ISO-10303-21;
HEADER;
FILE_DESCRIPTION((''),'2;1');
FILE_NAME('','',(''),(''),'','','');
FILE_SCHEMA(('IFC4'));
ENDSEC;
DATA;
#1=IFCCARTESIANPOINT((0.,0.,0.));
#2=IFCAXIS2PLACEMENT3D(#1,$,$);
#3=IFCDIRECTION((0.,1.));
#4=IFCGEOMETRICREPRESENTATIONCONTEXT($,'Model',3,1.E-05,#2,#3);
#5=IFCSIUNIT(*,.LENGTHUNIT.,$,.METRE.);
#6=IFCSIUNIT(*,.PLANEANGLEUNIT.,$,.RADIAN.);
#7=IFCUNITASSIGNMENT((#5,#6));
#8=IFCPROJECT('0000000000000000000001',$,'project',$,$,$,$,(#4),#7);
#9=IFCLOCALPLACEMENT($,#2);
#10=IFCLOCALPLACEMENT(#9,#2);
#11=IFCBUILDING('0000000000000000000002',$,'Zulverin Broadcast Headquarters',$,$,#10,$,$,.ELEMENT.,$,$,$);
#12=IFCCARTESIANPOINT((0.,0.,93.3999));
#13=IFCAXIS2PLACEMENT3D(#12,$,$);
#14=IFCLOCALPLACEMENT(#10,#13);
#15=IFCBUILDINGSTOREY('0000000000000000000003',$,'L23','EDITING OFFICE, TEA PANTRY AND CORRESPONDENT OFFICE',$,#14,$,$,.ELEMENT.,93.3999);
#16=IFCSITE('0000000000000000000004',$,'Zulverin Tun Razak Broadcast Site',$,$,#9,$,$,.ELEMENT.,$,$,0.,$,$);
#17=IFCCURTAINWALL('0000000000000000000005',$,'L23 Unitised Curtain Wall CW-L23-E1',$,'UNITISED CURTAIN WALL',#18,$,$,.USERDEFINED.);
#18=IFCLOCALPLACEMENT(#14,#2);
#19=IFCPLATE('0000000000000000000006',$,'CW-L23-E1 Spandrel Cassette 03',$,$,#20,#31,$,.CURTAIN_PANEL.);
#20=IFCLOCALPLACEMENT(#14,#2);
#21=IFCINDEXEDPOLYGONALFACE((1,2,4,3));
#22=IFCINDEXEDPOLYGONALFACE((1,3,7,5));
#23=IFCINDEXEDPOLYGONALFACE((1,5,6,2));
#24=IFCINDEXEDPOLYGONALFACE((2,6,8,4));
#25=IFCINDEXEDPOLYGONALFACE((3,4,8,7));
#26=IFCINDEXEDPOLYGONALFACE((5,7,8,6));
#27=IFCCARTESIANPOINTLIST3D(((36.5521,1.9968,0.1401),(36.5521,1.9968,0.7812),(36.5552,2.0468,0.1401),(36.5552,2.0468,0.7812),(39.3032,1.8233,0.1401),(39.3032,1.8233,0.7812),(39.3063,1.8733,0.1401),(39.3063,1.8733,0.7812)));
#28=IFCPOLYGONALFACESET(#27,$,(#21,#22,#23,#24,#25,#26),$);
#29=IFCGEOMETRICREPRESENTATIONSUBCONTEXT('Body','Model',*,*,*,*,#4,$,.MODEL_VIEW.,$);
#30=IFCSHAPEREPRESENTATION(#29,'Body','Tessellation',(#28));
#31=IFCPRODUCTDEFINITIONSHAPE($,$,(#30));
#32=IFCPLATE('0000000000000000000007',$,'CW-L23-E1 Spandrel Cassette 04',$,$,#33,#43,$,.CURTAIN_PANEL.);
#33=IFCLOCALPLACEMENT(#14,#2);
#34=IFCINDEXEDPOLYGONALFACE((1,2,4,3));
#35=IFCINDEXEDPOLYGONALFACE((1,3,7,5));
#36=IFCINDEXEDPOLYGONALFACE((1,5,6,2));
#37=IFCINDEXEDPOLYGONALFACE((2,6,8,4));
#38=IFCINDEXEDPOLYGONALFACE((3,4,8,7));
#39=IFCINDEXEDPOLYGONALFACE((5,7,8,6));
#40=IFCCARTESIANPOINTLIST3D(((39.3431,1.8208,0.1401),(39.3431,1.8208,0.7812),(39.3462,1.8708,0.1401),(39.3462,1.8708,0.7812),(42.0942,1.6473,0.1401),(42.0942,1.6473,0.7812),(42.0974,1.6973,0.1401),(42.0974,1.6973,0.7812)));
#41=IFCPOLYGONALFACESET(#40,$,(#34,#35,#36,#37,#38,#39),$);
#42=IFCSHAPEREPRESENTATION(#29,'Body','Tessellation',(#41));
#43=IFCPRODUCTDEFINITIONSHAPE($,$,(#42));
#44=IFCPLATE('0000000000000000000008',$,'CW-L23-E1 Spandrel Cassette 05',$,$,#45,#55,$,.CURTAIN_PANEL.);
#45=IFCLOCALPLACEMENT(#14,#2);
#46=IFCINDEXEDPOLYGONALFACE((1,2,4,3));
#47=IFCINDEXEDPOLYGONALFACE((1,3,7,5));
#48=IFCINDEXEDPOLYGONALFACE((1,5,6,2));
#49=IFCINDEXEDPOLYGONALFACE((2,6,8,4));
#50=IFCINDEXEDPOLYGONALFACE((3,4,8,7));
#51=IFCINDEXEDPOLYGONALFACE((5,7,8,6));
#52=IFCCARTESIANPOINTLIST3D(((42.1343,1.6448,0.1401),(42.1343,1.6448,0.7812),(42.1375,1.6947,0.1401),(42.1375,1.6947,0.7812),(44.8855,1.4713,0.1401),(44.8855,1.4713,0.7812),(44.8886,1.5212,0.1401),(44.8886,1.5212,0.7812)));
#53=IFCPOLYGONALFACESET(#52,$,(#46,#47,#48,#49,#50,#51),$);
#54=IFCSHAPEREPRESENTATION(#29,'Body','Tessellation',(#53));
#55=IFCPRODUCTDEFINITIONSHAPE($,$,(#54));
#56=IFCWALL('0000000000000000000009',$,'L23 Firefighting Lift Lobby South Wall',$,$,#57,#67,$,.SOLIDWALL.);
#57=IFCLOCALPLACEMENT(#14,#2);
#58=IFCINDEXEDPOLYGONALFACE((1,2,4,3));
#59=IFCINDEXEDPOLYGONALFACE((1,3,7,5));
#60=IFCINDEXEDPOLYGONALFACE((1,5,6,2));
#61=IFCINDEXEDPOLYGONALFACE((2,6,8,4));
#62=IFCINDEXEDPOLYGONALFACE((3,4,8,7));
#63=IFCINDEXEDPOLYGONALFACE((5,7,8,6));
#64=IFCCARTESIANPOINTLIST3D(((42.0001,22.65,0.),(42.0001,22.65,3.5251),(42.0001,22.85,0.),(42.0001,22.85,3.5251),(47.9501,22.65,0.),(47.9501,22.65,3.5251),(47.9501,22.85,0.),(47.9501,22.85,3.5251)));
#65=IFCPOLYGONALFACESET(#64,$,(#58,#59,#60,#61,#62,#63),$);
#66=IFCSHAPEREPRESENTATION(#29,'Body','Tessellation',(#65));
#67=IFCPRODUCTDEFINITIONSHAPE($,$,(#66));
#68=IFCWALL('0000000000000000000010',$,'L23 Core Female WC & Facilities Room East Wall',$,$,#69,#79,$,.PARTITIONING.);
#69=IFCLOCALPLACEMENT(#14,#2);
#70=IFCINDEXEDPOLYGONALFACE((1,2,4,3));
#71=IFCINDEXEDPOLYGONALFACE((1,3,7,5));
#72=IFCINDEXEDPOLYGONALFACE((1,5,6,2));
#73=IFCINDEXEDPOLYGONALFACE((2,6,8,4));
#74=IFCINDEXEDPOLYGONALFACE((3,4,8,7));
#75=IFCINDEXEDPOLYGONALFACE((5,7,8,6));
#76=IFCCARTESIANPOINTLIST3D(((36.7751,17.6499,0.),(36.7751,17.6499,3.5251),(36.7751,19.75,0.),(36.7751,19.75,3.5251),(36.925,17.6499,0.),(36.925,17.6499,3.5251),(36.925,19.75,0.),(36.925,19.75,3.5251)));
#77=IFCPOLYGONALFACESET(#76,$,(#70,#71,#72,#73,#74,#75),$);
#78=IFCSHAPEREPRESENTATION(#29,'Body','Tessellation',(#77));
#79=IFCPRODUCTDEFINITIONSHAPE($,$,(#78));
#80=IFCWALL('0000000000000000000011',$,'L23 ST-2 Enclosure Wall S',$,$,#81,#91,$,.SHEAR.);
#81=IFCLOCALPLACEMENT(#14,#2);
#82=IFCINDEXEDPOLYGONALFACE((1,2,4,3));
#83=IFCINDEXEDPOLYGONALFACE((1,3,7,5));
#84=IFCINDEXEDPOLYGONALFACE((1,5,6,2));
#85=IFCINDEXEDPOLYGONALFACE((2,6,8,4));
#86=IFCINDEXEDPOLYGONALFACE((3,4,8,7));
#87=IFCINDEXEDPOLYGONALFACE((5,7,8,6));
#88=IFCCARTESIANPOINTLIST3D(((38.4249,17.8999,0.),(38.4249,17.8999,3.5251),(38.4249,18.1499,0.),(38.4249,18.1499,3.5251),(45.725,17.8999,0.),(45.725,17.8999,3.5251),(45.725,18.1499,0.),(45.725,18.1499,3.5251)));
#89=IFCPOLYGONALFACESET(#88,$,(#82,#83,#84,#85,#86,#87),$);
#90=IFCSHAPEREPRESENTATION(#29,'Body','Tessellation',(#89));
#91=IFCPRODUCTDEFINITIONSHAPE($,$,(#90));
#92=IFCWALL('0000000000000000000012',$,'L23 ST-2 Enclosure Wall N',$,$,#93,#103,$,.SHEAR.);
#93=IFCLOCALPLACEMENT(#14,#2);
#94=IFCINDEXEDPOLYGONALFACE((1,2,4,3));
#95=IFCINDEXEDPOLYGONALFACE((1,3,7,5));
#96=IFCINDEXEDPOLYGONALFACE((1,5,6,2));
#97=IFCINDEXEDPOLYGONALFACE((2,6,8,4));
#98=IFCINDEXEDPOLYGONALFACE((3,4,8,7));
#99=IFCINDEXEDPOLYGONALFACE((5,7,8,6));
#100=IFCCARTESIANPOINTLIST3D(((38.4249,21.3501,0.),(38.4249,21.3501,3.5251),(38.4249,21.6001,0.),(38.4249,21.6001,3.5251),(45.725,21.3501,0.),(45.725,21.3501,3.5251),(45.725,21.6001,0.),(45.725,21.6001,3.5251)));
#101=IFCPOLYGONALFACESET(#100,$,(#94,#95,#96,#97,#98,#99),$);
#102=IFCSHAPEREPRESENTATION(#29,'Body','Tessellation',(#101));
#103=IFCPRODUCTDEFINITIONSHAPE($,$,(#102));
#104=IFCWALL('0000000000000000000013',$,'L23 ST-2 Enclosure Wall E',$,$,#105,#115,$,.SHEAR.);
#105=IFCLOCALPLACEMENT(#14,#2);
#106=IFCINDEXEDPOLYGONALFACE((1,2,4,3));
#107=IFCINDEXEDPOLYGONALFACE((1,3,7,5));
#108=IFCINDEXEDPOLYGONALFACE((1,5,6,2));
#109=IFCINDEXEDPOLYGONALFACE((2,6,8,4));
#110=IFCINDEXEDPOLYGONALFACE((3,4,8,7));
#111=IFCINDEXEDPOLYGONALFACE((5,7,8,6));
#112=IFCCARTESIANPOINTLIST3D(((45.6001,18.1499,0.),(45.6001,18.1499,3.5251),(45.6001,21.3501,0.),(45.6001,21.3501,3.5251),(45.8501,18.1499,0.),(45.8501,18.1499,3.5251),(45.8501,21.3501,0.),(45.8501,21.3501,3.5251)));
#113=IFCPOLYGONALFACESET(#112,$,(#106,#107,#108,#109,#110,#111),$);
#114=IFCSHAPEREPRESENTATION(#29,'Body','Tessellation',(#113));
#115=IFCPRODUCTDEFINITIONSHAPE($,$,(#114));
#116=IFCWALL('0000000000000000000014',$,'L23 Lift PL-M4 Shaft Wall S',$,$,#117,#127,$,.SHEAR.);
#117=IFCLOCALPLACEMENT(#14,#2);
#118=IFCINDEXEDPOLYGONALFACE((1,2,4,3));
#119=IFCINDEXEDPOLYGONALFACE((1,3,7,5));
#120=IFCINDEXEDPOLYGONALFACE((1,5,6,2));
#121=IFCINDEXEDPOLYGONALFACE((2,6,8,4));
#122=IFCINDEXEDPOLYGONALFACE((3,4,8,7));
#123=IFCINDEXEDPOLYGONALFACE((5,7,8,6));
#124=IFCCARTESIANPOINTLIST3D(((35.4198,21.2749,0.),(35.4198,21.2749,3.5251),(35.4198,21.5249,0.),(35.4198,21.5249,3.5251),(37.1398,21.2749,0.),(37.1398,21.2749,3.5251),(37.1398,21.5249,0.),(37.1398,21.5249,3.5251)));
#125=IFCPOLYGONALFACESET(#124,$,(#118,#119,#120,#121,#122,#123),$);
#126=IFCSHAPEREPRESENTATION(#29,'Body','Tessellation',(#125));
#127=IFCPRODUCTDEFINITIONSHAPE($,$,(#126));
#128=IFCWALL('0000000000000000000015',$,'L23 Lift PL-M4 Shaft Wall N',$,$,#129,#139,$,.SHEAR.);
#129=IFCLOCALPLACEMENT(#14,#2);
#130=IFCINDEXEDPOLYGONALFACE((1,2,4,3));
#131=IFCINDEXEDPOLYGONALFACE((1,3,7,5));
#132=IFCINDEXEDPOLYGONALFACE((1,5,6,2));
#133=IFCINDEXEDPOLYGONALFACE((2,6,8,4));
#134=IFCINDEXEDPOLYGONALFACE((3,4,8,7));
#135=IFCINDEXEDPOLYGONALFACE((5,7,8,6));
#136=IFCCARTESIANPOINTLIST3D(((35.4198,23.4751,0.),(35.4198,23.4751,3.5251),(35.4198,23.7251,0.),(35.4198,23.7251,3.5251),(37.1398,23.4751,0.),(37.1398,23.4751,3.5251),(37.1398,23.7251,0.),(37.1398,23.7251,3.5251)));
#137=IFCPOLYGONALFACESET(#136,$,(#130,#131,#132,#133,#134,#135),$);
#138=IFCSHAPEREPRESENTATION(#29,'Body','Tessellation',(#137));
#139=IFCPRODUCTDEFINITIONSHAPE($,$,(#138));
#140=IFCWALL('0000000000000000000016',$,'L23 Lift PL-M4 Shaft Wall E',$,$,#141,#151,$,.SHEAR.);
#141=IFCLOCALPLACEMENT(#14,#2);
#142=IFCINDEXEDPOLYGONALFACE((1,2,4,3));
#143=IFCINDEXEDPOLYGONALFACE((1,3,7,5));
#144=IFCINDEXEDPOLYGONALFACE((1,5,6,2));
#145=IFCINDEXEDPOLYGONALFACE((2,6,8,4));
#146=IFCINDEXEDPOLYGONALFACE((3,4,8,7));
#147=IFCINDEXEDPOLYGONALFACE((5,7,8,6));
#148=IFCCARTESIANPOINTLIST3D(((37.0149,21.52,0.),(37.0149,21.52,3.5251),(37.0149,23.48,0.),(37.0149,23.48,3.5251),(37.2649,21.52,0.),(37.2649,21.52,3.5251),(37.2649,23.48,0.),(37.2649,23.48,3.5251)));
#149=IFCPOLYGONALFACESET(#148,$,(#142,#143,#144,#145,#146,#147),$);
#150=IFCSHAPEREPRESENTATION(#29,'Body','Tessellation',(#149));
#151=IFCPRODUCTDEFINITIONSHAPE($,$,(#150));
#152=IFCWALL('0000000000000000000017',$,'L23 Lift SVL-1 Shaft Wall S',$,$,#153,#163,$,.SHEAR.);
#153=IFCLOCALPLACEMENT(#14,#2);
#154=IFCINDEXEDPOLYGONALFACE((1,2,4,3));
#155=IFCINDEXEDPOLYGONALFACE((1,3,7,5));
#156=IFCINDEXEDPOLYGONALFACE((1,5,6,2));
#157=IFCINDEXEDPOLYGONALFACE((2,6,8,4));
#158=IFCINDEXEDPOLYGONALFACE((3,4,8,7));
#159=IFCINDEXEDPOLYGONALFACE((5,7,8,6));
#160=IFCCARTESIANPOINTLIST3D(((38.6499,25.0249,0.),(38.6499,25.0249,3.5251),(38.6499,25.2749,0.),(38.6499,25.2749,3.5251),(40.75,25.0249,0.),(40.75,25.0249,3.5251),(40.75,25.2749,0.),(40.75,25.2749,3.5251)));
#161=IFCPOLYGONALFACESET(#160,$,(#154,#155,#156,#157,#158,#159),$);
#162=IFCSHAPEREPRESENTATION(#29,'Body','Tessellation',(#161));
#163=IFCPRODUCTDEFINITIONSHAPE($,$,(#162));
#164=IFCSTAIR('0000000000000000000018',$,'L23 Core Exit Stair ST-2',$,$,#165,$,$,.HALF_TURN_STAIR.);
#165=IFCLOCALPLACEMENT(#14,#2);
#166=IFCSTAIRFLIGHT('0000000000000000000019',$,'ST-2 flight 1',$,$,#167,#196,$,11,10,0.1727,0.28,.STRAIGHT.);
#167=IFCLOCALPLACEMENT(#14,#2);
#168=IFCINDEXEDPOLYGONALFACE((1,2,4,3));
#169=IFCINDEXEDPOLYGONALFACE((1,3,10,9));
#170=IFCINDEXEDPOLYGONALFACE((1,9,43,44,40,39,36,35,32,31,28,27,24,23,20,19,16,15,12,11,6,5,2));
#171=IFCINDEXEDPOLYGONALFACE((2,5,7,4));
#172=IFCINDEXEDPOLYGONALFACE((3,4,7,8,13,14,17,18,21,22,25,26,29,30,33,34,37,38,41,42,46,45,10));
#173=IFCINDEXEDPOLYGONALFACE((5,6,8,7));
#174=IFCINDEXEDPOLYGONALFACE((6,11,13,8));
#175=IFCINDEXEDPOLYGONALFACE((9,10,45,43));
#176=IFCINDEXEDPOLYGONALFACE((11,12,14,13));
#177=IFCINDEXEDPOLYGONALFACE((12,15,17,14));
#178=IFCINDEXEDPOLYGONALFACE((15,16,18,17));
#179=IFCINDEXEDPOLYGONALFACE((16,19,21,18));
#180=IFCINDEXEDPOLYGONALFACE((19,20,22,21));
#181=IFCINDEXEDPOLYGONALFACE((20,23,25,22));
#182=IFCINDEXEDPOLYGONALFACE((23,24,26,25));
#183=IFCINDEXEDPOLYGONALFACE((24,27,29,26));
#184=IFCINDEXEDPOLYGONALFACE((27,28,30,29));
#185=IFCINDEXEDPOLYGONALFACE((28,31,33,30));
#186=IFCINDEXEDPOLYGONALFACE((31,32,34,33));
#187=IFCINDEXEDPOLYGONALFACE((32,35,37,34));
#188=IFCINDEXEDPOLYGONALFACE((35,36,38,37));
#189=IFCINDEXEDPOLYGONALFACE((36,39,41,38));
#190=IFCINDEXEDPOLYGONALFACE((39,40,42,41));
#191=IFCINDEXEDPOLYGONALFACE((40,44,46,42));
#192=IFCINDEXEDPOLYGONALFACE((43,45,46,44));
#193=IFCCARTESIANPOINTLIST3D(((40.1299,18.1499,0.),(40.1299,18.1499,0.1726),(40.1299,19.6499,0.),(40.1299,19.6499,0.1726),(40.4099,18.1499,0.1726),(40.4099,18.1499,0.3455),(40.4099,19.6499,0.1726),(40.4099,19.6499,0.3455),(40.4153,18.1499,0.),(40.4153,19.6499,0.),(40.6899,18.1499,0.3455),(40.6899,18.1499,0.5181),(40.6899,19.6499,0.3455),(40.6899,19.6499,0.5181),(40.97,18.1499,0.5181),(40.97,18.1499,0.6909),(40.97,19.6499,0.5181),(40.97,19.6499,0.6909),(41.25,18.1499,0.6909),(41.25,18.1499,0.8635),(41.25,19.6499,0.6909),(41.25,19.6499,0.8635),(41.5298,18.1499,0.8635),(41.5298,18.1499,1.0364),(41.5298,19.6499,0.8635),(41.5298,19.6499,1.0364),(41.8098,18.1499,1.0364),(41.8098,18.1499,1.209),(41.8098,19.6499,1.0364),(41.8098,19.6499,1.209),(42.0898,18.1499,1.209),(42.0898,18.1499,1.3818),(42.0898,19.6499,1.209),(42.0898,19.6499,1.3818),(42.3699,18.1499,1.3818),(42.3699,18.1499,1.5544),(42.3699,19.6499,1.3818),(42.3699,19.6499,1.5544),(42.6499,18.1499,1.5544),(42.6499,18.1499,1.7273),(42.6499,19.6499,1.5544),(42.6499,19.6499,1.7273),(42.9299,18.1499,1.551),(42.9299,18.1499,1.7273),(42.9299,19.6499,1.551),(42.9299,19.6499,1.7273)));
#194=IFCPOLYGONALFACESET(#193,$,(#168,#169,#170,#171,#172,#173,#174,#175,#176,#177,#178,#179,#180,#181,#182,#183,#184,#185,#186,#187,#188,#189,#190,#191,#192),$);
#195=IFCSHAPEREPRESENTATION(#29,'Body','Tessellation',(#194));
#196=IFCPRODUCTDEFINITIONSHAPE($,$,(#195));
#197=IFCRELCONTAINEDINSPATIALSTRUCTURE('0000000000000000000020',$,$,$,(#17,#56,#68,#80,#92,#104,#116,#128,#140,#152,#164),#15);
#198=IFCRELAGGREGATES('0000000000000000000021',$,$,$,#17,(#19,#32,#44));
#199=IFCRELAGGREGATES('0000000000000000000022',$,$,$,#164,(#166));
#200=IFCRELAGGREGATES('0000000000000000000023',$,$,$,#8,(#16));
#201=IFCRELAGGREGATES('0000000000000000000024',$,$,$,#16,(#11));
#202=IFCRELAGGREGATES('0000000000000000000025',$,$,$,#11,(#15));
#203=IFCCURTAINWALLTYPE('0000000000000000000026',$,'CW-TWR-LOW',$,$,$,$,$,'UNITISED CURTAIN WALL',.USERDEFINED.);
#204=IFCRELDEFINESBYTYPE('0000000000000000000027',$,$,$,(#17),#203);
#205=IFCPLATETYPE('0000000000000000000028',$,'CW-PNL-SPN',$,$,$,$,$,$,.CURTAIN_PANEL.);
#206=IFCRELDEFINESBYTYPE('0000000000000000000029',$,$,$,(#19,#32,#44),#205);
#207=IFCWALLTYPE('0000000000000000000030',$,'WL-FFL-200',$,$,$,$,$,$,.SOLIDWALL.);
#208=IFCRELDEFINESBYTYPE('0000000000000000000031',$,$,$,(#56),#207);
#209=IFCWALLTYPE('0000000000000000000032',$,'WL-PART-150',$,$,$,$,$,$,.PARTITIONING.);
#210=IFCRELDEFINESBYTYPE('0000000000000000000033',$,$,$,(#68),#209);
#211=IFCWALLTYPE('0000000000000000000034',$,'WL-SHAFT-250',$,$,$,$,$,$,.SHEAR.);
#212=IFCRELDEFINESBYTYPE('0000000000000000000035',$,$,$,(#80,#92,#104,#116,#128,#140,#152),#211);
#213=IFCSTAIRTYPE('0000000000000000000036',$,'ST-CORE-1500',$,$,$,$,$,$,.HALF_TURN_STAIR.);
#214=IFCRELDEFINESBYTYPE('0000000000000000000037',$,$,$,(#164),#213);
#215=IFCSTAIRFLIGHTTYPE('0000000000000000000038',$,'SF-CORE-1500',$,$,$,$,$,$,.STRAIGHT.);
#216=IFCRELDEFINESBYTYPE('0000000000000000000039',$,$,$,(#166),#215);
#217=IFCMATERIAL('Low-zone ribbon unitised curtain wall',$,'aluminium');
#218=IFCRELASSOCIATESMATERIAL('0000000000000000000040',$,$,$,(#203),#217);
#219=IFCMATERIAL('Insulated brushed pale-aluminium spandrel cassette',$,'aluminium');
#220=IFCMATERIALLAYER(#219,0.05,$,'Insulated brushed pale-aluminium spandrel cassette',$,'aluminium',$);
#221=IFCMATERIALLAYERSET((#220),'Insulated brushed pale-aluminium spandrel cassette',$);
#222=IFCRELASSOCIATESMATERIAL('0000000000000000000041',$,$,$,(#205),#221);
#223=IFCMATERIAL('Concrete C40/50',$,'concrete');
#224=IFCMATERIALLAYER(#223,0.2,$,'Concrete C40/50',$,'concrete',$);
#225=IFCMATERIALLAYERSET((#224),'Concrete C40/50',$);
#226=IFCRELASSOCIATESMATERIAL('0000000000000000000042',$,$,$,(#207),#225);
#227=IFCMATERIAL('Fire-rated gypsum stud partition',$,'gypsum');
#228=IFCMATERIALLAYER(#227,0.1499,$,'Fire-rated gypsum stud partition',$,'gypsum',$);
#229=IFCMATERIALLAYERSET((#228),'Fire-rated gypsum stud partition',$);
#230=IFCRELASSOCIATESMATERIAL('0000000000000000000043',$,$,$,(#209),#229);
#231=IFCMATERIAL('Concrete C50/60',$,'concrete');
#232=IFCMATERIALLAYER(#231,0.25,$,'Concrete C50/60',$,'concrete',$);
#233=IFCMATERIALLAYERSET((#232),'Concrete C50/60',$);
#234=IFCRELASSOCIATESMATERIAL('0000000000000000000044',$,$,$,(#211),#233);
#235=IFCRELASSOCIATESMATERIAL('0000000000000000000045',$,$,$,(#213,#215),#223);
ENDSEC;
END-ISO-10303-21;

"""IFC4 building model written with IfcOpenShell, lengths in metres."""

from ifc_helpers import new_model, si_unit, direction, frame, frame_2d, origin, origin_2d, place, context, subcontext, project, spatial, polyline, rectangle, outline, extrude, material, layer, layer_set, type_object, element, aggregate, save


model = new_model("IFC4")

# Units and contexts
model_context = context("Model", 3, precision=1e-05, world=origin(), true_north=direction((0.0, 1.0)))
body_context = subcontext(model_context, "Body", "Model", "MODEL_VIEW")
ifc_project = project(units=[si_unit("LENGTHUNIT", "METRE"), si_unit("PLANEANGLEUNIT", "RADIAN")], contexts=[model_context])

# Site, building, storey
site_placement = place(None, origin())
site = spatial("IfcSite", under=ifc_project, at=site_placement, Name="Zulverin Tun Razak Broadcast Site", CompositionType="ELEMENT", RefElevation=0.0)
building_placement = place(site_placement, origin())
building = spatial("IfcBuilding", under=site, at=building_placement, Name="Zulverin Broadcast Headquarters", CompositionType="ELEMENT")
storey_placement = place(building_placement, frame((0.0, 0.0, 93.3999)))
storey = spatial("IfcBuildingStorey", under=building, at=storey_placement, Name="L23", Description="EDITING OFFICE, TEA PANTRY AND CORRESPONDENT OFFICE", CompositionType="ELEMENT", Elevation=93.3999)

# Curtain wall, plates
ifc_material_1 = material(Name="Low-zone ribbon unitised curtain wall", Category="aluminium")
curtain_wall_type = type_object("IfcCurtainWallType", Name="CW-TWR-LOW", ElementType="UNITISED CURTAIN WALL", PredefinedType="USERDEFINED", material=ifc_material_1)
curtain_wall_placement = place(storey_placement, origin())
curtain_wall = element("IfcCurtainWall", 1, at=curtain_wall_placement, inside=storey, type_object=curtain_wall_type, Name="L23 Unitised Curtain Wall CW-L23-E1", ObjectType="UNITISED CURTAIN WALL", PredefinedType="USERDEFINED")
ifc_material_2 = material(Name="Insulated brushed pale-aluminium spandrel cassette", Category="aluminium")
ifc_layer_1 = layer(ifc_material_2, 0.05, Name="Insulated brushed pale-aluminium spandrel cassette", Category="aluminium")
ifc_layer_set_1 = layer_set([ifc_layer_1], Name="Insulated brushed pale-aluminium spandrel cassette")
plate_type_1 = type_object("IfcPlateType", Name="CW-PNL-SPN", PredefinedType="CURTAIN_PANEL", material=ifc_layer_set_1)
plate_1_placement = place(storey_placement, frame((37.9292, 1.9351, 0.1401), z_axis=(0.0, 0.0, 1.0), x_axis=(0.998017, -0.062942, 0.0)))
plate_1 = element("IfcPlate", 2, at=plate_1_placement, type_object=plate_type_1, Name="CW-L23-E1 Spandrel Cassette 03", PredefinedType="CURTAIN_PANEL", context=body_context, shape_type="SweptSolid", body=[
    extrude(rectangle(XDim=2.7566, YDim=0.05, at=origin_2d()), origin(), (0.0, 0.0, 1.0), 0.6411),
])
plate_2_placement = place(storey_placement, frame((40.7202, 1.759, 0.1401), z_axis=(0.0, 0.0, 1.0), x_axis=(0.998017, -0.062942, 0.0)))
plate_2 = element("IfcPlate", 3, at=plate_2_placement, type_object=plate_type_1, Name="CW-L23-E1 Spandrel Cassette 04", PredefinedType="CURTAIN_PANEL", context=body_context, shape_type="SweptSolid", body=[
    extrude(rectangle(XDim=2.7566, YDim=0.05, at=origin_2d()), origin(), (0.0, 0.0, 1.0), 0.6411),
])
plate_3_placement = place(storey_placement, frame((43.5115, 1.583, 0.1401), z_axis=(0.0, 0.0, 1.0), x_axis=(0.998017, -0.062942, 0.0)))
plate_3 = element("IfcPlate", 4, at=plate_3_placement, type_object=plate_type_1, Name="CW-L23-E1 Spandrel Cassette 05", PredefinedType="CURTAIN_PANEL", context=body_context, shape_type="SweptSolid", body=[
    extrude(rectangle(XDim=2.7566, YDim=0.05, at=origin_2d()), origin(), (0.0, 0.0, 1.0), 0.6411),
])
aggregate(curtain_wall, [plate_1, plate_2, plate_3])

# Shared definitions
ifc_material_3 = material(Name="Concrete C40/50", Category="concrete")
ifc_layer_2 = layer(ifc_material_3, 0.2, Name="Concrete C40/50", Category="concrete")
ifc_layer_set_2 = layer_set([ifc_layer_2], Name="Concrete C40/50")
wall_type_1 = type_object("IfcWallType", Name="WL-FFL-200", PredefinedType="SOLIDWALL", material=ifc_layer_set_2)

# Walls
wall_1_placement = place(storey_placement, frame((42.0, 22.75, 0.0), z_axis=(0.0, 0.0, 1.0), x_axis=(1.0, 0.0, 0.0)))
element("IfcWall", 5, at=wall_1_placement, inside=storey, type_object=wall_type_1, Name="L23 Firefighting Lift Lobby South Wall", PredefinedType="SOLIDWALL", context=body_context, shape_type="SweptSolid", body=[
    extrude(rectangle(XDim=5.95, YDim=0.2, at=frame_2d((2.9751, 0.0))), origin(), (0.0, 0.0, 1.0), 3.5251),
])
ifc_material_4 = material(Name="Fire-rated gypsum stud partition", Category="gypsum")
ifc_layer_3 = layer(ifc_material_4, 0.1499, Name="Fire-rated gypsum stud partition", Category="gypsum")
ifc_layer_set_3 = layer_set([ifc_layer_3], Name="Fire-rated gypsum stud partition")
wall_type_2 = type_object("IfcWallType", Name="WL-PART-150", PredefinedType="PARTITIONING", material=ifc_layer_set_3)
wall_2_placement = place(storey_placement, frame((36.8501, 17.6499, 0.0), z_axis=(0.0, 0.0, 1.0), x_axis=(0.0, 1.0, 0.0)))
element("IfcWall", 6, at=wall_2_placement, inside=storey, type_object=wall_type_2, Name="L23 Core Female WC & Facilities Room East Wall", PredefinedType="PARTITIONING", context=body_context, shape_type="SweptSolid", body=[
    extrude(rectangle(XDim=2.1001, YDim=0.1499, at=frame_2d((1.05, 0.0))), origin(), (0.0, 0.0, 1.0), 3.5251),
])
ifc_material_5 = material(Name="Concrete C50/60", Category="concrete")
ifc_layer_4 = layer(ifc_material_5, 0.25, Name="Concrete C50/60", Category="concrete")
ifc_layer_set_4 = layer_set([ifc_layer_4], Name="Concrete C50/60")
wall_type_3 = type_object("IfcWallType", Name="WL-SHAFT-250", PredefinedType="SHEAR", material=ifc_layer_set_4)
for number, where, z_axis, x_axis, name in (
    (7, (38.425, 18.0249, 0.0), (0.0, 0.0, 1.0), (1.0, 0.0, 0.0), "L23 ST-2 Enclosure Wall S"),
    (8, (38.425, 21.4751, 0.0), (0.0, 0.0, 1.0), (1.0, 0.0, 0.0), "L23 ST-2 Enclosure Wall N"),
):
    element("IfcWall", number, at=place(storey_placement, frame(where, z_axis=z_axis, x_axis=x_axis)), inside=storey, type_object=wall_type_3, Name=name, PredefinedType="SHEAR", context=body_context, shape_type="SweptSolid", body=[
        extrude(rectangle(XDim=7.3, YDim=0.25, at=frame_2d((3.6499, 0.0))), origin(), (0.0, 0.0, 1.0), 3.5251),
    ])

# Walls
wall_3_placement = place(storey_placement, frame((45.7251, 18.1499, 0.0), z_axis=(0.0, 0.0, 1.0), x_axis=(0.0, 1.0, 0.0)))
element("IfcWall", 9, at=wall_3_placement, inside=storey, type_object=wall_type_3, Name="L23 ST-2 Enclosure Wall E", PredefinedType="SHEAR", context=body_context, shape_type="SweptSolid", body=[
    extrude(rectangle(XDim=3.2002, YDim=0.25, at=frame_2d((1.6001, 0.0))), origin(), (0.0, 0.0, 1.0), 3.5251),
])
for number, where, z_axis, x_axis, name in (
    (10, (35.4199, 21.3999, 0.0), (0.0, 0.0, 1.0), (1.0, 0.0, 0.0), "L23 Lift PL-M4 Shaft Wall S"),
    (11, (35.4199, 23.6001, 0.0), (0.0, 0.0, 1.0), (1.0, 0.0, 0.0), "L23 Lift PL-M4 Shaft Wall N"),
):
    element("IfcWall", number, at=place(storey_placement, frame(where, z_axis=z_axis, x_axis=x_axis)), inside=storey, type_object=wall_type_3, Name=name, PredefinedType="SHEAR", context=body_context, shape_type="SweptSolid", body=[
        extrude(rectangle(XDim=1.72, YDim=0.25, at=frame_2d((0.8599, 0.0))), origin(), (0.0, 0.0, 1.0), 3.5251),
    ])
wall_4_placement = place(storey_placement, frame((37.1399, 21.52, 0.0), z_axis=(0.0, 0.0, 1.0), x_axis=(0.0, 1.0, 0.0)))
element("IfcWall", 12, at=wall_4_placement, inside=storey, type_object=wall_type_3, Name="L23 Lift PL-M4 Shaft Wall E", PredefinedType="SHEAR", context=body_context, shape_type="SweptSolid", body=[
    extrude(rectangle(XDim=1.96, YDim=0.25, at=frame_2d((0.98, 0.0))), origin(), (0.0, 0.0, 1.0), 3.5251),
])
wall_5_placement = place(storey_placement, frame((38.6499, 25.1499, 0.0), z_axis=(0.0, 0.0, 1.0), x_axis=(1.0, 0.0, 0.0)))
element("IfcWall", 13, at=wall_5_placement, inside=storey, type_object=wall_type_3, Name="L23 Lift SVL-1 Shaft Wall S", PredefinedType="SHEAR", context=body_context, shape_type="SweptSolid", body=[
    extrude(rectangle(XDim=2.1001, YDim=0.25, at=frame_2d((1.05, 0.0))), origin(), (0.0, 0.0, 1.0), 3.5251),
])

# Stair, stair flight
stair_type = type_object("IfcStairType", Name="ST-CORE-1500", PredefinedType="HALF_TURN_STAIR", material=ifc_material_3)
stair_placement = place(storey_placement, origin())
stair = element("IfcStair", 14, at=stair_placement, inside=storey, type_object=stair_type, Name="L23 Core Exit Stair ST-2", PredefinedType="HALF_TURN_STAIR")
stair_flight_type = type_object("IfcStairFlightType", Name="SF-CORE-1500", PredefinedType="STRAIGHT", material=ifc_material_3)
stair_flight_1_placement = place(storey_placement, frame((40.1299, 18.8999, 0.0), z_axis=(0.0, 0.0, 1.0), x_axis=(1.0, 0.0, 0.0)))
stair_flight_1 = element("IfcStairFlight", 15, at=stair_flight_1_placement, type_object=stair_flight_type, Name="ST-2 flight 1", NumberOfRisers=11, NumberOfTreads=10, PredefinedType="STRAIGHT", RiserHeight=0.1727, TreadLength=0.28, context=body_context, shape_type="SweptSolid", body=[
    extrude(outline(polyline([(0.0, 0.0), (0.0, 0.1726), (0.28, 0.1726), (0.28, 0.3455), (0.5601, 0.3455), (0.5601, 0.5181), (0.8401, 0.5181), (0.8401, 0.6909), (1.1201, 0.6909), (1.1201, 0.8635), (1.3999, 0.8635), (1.3999, 1.0364), (1.6799, 1.0364), (1.6799, 1.209), (1.96, 1.209), (1.96, 1.3818), (2.24, 1.3818), (2.24, 1.5544), (2.52, 1.5544), (2.52, 1.7273), (2.8, 1.7273), (2.8, 1.8999), (2.8, 1.551), (0.2854, 0.0), (0.0, 0.0)])), frame((0.0, 0.75, 0.0), z_axis=(0.0, -1.0, 0.0), x_axis=(1.0, 0.0, 0.0)), (0.0, 0.0, 1.0), 1.5),
])
aggregate(stair, [stair_flight_1])

save(model, "model.ifc")
